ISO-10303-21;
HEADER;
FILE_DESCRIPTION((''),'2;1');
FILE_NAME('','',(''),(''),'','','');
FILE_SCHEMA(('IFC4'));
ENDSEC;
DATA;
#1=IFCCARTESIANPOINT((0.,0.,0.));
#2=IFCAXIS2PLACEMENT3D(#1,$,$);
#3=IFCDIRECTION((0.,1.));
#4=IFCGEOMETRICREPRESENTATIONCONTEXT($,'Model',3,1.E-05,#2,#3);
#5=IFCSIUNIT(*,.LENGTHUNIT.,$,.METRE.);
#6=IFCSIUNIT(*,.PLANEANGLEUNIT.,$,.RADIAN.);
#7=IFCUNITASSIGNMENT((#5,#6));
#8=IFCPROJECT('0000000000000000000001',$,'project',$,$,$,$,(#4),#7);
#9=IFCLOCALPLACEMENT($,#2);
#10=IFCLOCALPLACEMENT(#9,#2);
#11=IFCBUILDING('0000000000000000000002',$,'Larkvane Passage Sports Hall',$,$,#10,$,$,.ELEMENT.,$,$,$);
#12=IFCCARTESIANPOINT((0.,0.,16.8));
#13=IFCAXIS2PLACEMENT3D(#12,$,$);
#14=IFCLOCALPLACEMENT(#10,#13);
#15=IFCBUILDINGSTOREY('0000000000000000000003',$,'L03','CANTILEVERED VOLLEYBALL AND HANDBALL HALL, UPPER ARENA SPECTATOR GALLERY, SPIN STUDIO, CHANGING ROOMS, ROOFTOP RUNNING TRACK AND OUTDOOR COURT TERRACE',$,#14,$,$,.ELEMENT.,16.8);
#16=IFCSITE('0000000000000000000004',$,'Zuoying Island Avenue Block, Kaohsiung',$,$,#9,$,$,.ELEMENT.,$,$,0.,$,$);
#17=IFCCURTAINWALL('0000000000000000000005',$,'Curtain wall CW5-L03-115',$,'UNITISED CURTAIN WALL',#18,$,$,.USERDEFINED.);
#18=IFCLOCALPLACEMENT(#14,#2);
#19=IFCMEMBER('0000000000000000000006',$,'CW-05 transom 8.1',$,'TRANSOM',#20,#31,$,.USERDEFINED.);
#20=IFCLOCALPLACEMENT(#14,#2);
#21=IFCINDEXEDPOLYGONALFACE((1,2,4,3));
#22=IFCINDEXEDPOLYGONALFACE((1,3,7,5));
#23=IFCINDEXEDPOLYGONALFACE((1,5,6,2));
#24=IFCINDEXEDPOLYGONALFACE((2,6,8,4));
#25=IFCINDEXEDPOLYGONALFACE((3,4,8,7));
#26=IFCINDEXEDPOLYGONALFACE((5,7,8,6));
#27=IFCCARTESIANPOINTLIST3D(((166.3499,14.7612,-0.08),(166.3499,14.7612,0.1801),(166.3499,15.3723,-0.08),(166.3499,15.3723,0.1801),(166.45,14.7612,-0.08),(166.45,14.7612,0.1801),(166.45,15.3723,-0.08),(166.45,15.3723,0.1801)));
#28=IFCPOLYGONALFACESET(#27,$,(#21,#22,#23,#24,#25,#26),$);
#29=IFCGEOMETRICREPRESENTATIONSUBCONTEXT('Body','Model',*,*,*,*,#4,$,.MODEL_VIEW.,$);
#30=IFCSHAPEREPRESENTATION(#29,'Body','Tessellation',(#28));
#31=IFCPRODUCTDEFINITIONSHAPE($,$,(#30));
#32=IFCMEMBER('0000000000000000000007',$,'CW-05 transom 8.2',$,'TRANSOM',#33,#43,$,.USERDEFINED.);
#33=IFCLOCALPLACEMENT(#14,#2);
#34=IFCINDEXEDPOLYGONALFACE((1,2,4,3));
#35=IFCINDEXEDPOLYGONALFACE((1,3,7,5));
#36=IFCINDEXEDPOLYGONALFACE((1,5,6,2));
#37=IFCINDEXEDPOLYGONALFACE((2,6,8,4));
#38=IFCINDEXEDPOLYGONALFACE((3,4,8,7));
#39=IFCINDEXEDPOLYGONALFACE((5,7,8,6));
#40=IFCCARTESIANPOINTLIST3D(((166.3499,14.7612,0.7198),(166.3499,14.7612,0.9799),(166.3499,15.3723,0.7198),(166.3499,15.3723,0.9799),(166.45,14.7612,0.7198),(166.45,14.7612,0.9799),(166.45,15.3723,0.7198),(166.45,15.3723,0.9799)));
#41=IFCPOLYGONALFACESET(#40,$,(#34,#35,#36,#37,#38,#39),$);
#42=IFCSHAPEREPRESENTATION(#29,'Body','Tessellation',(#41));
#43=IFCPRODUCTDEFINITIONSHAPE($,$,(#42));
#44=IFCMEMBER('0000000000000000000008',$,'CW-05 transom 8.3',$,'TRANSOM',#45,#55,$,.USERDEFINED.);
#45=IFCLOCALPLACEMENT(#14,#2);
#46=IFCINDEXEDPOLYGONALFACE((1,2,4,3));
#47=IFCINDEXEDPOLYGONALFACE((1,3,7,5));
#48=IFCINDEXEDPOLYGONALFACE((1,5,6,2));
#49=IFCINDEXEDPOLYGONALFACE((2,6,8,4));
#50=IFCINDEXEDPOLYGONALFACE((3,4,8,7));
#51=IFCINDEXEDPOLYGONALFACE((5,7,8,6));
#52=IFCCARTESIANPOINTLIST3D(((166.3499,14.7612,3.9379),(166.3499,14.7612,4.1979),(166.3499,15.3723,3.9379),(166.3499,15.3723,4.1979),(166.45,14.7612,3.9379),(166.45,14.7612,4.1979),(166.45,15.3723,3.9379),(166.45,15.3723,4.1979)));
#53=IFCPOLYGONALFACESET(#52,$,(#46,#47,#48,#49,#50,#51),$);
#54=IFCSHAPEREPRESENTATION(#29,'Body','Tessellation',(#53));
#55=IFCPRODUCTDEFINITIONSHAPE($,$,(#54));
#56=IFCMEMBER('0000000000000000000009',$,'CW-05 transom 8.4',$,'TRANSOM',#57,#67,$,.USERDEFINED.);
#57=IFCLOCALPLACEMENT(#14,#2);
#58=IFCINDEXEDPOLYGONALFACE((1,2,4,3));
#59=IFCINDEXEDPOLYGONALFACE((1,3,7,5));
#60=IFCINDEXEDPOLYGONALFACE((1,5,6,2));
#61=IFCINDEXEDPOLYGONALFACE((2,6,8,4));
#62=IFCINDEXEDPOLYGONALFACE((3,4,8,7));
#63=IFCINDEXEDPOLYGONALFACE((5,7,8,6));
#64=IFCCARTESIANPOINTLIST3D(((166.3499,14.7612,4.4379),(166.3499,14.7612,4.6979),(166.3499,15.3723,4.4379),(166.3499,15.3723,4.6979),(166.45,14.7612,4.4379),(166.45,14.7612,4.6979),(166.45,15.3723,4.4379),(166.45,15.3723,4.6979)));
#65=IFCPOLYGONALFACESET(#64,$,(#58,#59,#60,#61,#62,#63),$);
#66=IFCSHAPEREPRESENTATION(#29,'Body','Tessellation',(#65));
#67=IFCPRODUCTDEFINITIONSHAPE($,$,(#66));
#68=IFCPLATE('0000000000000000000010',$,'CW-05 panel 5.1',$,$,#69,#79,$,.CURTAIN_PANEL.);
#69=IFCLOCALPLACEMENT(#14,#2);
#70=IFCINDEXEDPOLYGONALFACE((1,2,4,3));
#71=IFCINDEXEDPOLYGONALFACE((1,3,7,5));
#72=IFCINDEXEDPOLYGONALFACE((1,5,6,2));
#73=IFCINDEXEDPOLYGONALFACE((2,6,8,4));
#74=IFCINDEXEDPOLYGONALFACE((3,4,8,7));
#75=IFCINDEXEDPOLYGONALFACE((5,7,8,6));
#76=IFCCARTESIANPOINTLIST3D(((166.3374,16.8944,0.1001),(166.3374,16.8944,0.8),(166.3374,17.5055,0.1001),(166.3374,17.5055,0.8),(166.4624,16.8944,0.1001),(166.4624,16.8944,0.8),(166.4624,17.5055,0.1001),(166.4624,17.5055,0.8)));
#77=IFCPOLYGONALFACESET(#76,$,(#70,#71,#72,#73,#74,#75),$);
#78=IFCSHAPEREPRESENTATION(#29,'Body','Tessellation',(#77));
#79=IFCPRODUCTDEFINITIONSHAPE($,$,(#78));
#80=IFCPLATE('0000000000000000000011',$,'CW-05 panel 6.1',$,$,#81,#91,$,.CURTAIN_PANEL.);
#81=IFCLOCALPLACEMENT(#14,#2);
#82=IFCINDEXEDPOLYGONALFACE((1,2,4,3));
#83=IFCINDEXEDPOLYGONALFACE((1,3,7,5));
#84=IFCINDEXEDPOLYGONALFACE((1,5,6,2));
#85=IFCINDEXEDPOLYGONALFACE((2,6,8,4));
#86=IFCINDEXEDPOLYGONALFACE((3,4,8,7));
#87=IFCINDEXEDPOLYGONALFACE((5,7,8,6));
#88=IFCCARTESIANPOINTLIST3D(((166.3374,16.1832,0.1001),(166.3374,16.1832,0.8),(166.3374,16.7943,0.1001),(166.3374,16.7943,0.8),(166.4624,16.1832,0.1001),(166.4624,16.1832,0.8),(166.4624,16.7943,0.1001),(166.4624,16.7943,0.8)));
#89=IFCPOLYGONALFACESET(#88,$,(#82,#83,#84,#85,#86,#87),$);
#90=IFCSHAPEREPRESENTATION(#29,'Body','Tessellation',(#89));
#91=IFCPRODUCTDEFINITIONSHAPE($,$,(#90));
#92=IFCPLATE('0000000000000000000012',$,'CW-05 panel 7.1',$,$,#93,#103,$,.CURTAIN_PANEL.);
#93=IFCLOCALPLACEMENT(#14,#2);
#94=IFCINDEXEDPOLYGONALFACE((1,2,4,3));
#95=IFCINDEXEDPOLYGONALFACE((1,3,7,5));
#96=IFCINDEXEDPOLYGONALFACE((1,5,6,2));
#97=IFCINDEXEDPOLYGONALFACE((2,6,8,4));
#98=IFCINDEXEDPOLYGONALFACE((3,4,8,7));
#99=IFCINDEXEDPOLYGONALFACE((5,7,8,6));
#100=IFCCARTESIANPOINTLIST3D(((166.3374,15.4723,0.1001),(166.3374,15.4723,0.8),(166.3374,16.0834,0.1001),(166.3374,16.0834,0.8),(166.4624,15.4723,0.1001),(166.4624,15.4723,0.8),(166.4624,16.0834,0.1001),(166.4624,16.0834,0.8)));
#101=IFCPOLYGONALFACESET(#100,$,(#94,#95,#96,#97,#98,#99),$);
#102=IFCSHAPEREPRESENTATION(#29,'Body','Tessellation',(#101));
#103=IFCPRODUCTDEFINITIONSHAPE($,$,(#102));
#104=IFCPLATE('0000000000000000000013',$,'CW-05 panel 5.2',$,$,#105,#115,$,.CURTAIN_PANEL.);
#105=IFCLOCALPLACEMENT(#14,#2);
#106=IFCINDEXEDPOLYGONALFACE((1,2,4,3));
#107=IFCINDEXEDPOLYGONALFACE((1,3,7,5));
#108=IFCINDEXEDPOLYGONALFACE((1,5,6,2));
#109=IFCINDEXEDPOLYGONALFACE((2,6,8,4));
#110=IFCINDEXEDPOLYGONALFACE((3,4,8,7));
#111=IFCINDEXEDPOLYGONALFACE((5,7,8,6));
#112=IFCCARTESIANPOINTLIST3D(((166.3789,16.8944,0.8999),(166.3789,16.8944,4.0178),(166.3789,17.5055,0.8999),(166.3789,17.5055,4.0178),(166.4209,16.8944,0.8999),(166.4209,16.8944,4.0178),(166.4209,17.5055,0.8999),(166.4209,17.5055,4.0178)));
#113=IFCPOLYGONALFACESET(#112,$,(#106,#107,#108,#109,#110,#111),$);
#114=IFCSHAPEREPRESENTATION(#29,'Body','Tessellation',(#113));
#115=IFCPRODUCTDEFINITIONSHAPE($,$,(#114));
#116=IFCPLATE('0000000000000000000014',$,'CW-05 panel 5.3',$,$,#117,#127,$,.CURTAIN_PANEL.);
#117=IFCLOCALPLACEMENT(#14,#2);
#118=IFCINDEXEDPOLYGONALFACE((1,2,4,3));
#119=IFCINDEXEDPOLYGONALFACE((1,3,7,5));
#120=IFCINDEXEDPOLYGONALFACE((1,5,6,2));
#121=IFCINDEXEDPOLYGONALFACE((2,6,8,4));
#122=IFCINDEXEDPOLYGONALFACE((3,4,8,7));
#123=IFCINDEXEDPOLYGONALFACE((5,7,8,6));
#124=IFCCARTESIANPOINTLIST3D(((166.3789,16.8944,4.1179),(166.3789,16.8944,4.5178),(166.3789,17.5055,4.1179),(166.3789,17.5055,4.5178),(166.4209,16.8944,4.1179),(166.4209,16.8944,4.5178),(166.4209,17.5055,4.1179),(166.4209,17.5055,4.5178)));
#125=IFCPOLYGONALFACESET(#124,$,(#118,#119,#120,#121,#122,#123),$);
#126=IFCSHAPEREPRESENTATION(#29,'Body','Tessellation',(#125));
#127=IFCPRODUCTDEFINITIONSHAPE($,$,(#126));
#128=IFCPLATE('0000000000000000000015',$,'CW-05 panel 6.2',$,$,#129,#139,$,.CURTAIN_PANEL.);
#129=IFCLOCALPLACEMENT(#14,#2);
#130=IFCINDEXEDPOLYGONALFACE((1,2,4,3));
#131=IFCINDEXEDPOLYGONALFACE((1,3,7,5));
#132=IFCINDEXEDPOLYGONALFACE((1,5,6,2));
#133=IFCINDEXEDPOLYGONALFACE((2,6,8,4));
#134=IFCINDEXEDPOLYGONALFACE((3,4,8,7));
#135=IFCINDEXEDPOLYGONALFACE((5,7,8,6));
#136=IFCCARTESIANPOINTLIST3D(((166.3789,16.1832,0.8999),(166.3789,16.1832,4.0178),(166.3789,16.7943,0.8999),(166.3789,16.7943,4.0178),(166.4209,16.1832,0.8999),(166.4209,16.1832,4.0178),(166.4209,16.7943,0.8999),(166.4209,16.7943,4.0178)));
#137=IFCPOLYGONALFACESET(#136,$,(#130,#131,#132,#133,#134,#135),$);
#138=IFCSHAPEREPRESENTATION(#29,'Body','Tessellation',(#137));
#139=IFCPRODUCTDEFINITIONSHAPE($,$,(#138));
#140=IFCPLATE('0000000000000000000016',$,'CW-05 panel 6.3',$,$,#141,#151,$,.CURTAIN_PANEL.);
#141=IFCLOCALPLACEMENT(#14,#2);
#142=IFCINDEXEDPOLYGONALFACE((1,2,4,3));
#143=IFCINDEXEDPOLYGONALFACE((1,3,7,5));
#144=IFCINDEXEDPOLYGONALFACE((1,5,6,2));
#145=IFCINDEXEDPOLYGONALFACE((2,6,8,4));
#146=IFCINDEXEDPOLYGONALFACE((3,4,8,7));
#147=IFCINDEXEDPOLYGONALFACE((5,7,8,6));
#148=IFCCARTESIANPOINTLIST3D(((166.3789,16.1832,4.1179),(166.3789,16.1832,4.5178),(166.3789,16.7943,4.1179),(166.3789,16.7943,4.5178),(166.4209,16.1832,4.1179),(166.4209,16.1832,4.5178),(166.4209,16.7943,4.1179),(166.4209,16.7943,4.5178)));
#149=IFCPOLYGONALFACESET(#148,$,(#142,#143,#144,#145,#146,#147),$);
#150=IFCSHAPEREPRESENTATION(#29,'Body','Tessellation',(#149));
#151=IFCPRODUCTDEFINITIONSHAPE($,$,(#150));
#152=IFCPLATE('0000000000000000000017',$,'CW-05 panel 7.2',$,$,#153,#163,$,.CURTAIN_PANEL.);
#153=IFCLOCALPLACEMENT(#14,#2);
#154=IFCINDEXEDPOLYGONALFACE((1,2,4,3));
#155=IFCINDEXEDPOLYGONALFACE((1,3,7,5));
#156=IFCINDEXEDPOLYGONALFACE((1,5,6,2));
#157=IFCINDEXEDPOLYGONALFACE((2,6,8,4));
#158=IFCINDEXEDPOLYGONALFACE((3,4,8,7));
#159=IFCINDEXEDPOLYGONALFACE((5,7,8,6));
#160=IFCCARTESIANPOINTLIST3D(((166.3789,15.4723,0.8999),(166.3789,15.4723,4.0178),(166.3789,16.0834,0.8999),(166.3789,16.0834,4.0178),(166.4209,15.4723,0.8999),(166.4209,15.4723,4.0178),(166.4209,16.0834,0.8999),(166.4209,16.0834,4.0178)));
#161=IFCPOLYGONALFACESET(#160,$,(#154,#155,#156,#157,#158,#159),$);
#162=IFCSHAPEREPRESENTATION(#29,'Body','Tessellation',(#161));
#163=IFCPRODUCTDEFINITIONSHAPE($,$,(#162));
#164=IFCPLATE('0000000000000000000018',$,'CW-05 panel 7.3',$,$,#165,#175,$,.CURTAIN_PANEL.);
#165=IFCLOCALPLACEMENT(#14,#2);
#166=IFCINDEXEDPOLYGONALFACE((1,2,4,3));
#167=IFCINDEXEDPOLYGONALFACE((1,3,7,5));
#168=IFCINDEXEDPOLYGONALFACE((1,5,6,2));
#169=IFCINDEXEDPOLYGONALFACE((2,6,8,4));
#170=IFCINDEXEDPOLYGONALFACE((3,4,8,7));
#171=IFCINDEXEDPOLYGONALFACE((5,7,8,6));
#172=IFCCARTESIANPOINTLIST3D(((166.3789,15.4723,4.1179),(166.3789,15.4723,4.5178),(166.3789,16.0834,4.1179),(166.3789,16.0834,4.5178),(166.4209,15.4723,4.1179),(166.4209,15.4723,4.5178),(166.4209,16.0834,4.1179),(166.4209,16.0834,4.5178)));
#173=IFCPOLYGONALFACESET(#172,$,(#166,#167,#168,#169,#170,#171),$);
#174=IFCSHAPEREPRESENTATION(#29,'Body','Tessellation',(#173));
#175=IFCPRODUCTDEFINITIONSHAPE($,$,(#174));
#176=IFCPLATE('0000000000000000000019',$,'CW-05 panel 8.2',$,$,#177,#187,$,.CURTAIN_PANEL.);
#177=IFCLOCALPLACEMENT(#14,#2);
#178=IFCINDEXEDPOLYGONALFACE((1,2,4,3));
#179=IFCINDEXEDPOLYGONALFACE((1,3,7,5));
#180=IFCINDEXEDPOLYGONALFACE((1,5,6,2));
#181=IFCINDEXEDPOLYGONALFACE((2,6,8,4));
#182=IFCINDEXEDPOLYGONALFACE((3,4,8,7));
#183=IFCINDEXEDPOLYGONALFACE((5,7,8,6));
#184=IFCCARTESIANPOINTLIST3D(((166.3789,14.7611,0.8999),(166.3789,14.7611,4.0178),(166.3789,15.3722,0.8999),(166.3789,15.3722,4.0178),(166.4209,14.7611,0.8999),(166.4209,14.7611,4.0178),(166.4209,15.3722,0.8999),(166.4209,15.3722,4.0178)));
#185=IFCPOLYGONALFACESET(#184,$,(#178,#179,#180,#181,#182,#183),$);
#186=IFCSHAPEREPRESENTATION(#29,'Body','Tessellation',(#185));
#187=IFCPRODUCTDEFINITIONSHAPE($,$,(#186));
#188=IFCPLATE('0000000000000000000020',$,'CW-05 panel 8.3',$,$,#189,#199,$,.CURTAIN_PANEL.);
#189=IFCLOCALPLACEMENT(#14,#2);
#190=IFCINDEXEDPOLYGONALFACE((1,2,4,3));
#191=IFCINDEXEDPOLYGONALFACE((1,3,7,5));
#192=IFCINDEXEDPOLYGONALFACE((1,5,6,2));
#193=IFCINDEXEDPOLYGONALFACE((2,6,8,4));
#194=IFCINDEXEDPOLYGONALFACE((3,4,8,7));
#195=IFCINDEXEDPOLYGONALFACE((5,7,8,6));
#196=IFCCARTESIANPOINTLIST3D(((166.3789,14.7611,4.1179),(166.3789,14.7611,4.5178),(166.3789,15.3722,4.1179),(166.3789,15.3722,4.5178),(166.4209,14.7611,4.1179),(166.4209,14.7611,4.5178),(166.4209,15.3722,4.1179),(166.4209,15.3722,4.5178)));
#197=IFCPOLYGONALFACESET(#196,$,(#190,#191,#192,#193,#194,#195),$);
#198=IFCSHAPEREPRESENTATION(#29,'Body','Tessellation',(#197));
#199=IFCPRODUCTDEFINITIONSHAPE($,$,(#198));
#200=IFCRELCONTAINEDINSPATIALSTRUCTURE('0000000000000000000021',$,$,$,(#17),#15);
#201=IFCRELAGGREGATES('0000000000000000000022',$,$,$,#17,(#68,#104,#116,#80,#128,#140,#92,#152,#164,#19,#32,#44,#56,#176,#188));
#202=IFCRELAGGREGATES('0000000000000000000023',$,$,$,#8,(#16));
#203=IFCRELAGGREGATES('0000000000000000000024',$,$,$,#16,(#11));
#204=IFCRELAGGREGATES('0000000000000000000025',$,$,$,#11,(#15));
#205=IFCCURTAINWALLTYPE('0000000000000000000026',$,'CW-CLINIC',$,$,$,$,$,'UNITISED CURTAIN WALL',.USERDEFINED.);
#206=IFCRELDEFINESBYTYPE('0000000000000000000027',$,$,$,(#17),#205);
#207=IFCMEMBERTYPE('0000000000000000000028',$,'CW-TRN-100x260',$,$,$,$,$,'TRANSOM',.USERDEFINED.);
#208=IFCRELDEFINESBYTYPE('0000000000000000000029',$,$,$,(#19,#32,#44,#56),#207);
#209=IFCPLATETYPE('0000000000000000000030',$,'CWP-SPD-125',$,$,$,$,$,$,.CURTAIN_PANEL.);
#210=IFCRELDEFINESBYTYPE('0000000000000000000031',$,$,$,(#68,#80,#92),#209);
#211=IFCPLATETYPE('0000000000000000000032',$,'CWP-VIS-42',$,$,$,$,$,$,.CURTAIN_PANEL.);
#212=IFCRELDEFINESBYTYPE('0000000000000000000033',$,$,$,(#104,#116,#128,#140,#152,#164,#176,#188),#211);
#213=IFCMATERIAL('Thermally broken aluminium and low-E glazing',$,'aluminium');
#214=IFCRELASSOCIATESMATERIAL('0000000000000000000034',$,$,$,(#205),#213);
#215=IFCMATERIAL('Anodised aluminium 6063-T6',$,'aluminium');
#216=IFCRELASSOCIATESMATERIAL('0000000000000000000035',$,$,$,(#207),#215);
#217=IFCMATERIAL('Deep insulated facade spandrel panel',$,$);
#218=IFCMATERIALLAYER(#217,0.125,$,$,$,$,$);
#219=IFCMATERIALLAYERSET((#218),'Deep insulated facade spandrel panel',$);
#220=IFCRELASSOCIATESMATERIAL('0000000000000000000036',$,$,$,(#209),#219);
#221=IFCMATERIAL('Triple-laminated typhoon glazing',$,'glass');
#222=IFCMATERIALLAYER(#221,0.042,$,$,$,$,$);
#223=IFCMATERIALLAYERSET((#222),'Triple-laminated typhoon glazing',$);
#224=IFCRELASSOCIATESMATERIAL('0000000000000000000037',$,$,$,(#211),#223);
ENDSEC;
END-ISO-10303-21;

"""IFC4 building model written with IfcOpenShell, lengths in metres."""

from ifc_helpers import new_model, si_unit, direction, frame, origin, origin_2d, place, context, subcontext, project, spatial, rectangle, extrude, material, layer, layer_set, material_profile, profile_set, type_object, element, aggregate, save


model = new_model("IFC4")

# Units and contexts
model_context = context("Model", 3, precision=1e-05, world=origin(), true_north=direction((0.0, 1.0)))
body_context = subcontext(model_context, "Body", "Model", "MODEL_VIEW")
ifc_project = project(units=[si_unit("LENGTHUNIT", "METRE"), si_unit("PLANEANGLEUNIT", "RADIAN")], contexts=[model_context])

# Site, building, storey
site_placement = place(None, origin())
site = spatial("IfcSite", under=ifc_project, at=site_placement, Name="Zuoying Island Avenue Block, Kaohsiung", CompositionType="ELEMENT", RefElevation=0.0)
building_placement = place(site_placement, origin())
building = spatial("IfcBuilding", under=site, at=building_placement, Name="Larkvane Passage Sports Hall", CompositionType="ELEMENT")
storey_placement = place(building_placement, frame((0.0, 0.0, 16.8)))
storey = spatial("IfcBuildingStorey", under=building, at=storey_placement, Name="L03", Description="CANTILEVERED VOLLEYBALL AND HANDBALL HALL, UPPER ARENA SPECTATOR GALLERY, SPIN STUDIO, CHANGING ROOMS, ROOFTOP RUNNING TRACK AND OUTDOOR COURT TERRACE", CompositionType="ELEMENT", Elevation=16.8)

# Curtain wall, members, plates
ifc_material_1 = material(Name="Thermally broken aluminium and low-E glazing", Category="aluminium")
curtain_wall_type = type_object("IfcCurtainWallType", Name="CW-CLINIC", ElementType="UNITISED CURTAIN WALL", PredefinedType="USERDEFINED", material=ifc_material_1)
curtain_wall_placement = place(storey_placement, origin())
curtain_wall = element("IfcCurtainWall", 1, at=curtain_wall_placement, inside=storey, type_object=curtain_wall_type, Name="Curtain wall CW5-L03-115", ObjectType="UNITISED CURTAIN WALL", PredefinedType="USERDEFINED")
ifc_material_2 = material(Name="Anodised aluminium 6063-T6", Category="aluminium")
ifc_material_profile_1 = material_profile(ifc_material_2, rectangle(XDim=0.1001, YDim=0.26, at=origin_2d()), Name="ALU-TRN-100x260")
ifc_profile_set_1 = profile_set([ifc_material_profile_1], Name="Anodised aluminium 6063-T6")
member_type_1 = type_object("IfcMemberType", Name="CW-TRN-100x260", ElementType="TRANSOM", PredefinedType="USERDEFINED", material=ifc_profile_set_1)
member_1_placement = place(storey_placement, frame((166.3999, 15.3723, 0.05), z_axis=(0.0, -1.0, 0.0), x_axis=(1.0, 0.0, 0.0)))
member_1 = element("IfcMember", 2, at=member_1_placement, type_object=member_type_1, Name="CW-05 transom 8.1", ObjectType="TRANSOM", PredefinedType="USERDEFINED", context=body_context, shape_type="SweptSolid", body=[
    extrude(rectangle(XDim=0.1001, YDim=0.26, at=origin_2d()), origin(), (0.0, 0.0, 1.0), 0.6111),
])
member_2_placement = place(storey_placement, frame((166.3999, 15.3723, 0.8499), z_axis=(0.0, -1.0, 0.0), x_axis=(1.0, 0.0, 0.0)))
member_2 = element("IfcMember", 3, at=member_2_placement, type_object=member_type_1, Name="CW-05 transom 8.2", ObjectType="TRANSOM", PredefinedType="USERDEFINED", context=body_context, shape_type="SweptSolid", body=[
    extrude(rectangle(XDim=0.1001, YDim=0.26, at=origin_2d()), origin(), (0.0, 0.0, 1.0), 0.6111),
])
member_3_placement = place(storey_placement, frame((166.3999, 15.3723, 4.0679), z_axis=(0.0, -1.0, 0.0), x_axis=(1.0, 0.0, 0.0)))
member_3 = element("IfcMember", 4, at=member_3_placement, type_object=member_type_1, Name="CW-05 transom 8.3", ObjectType="TRANSOM", PredefinedType="USERDEFINED", context=body_context, shape_type="SweptSolid", body=[
    extrude(rectangle(XDim=0.1001, YDim=0.26, at=origin_2d()), origin(), (0.0, 0.0, 1.0), 0.6111),
])
member_4_placement = place(storey_placement, frame((166.3999, 15.3723, 4.5679), z_axis=(0.0, -1.0, 0.0), x_axis=(1.0, 0.0, 0.0)))
member_4 = element("IfcMember", 5, at=member_4_placement, type_object=member_type_1, Name="CW-05 transom 8.4", ObjectType="TRANSOM", PredefinedType="USERDEFINED", context=body_context, shape_type="SweptSolid", body=[
    extrude(rectangle(XDim=0.1001, YDim=0.26, at=origin_2d()), origin(), (0.0, 0.0, 1.0), 0.6111),
])
ifc_material_3 = material(Name="Deep insulated facade spandrel panel")
ifc_layer_1 = layer(ifc_material_3, 0.125)
ifc_layer_set_1 = layer_set([ifc_layer_1], Name="Deep insulated facade spandrel panel")
plate_type_1 = type_object("IfcPlateType", Name="CWP-SPD-125", PredefinedType="CURTAIN_PANEL", material=ifc_layer_set_1)
plate_1_placement = place(storey_placement, frame((166.3999, 17.2, 0.1001), z_axis=(0.0, 0.0, 1.0), x_axis=(0.0, -1.0, 0.0)))
plate_1 = element("IfcPlate", 6, at=plate_1_placement, type_object=plate_type_1, Name="CW-05 panel 5.1", PredefinedType="CURTAIN_PANEL", context=body_context, shape_type="SweptSolid", body=[
    extrude(rectangle(XDim=0.6111, YDim=0.125, at=origin_2d()), origin(), (0.0, 0.0, 1.0), 0.7),
])
plate_2_placement = place(storey_placement, frame((166.3999, 16.4888, 0.1001), z_axis=(0.0, 0.0, 1.0), x_axis=(0.0, -1.0, 0.0)))
plate_2 = element("IfcPlate", 7, at=plate_2_placement, type_object=plate_type_1, Name="CW-05 panel 6.1", PredefinedType="CURTAIN_PANEL", context=body_context, shape_type="SweptSolid", body=[
    extrude(rectangle(XDim=0.6111, YDim=0.125, at=origin_2d()), origin(), (0.0, 0.0, 1.0), 0.7),
])
plate_3_placement = place(storey_placement, frame((166.3999, 15.7778, 0.1001), z_axis=(0.0, 0.0, 1.0), x_axis=(0.0, -1.0, 0.0)))
plate_3 = element("IfcPlate", 8, at=plate_3_placement, type_object=plate_type_1, Name="CW-05 panel 7.1", PredefinedType="CURTAIN_PANEL", context=body_context, shape_type="SweptSolid", body=[
    extrude(rectangle(XDim=0.6111, YDim=0.125, at=origin_2d()), origin(), (0.0, 0.0, 1.0), 0.7),
])
ifc_material_4 = material(Name="Triple-laminated typhoon glazing", Category="glass")
ifc_layer_2 = layer(ifc_material_4, 0.042)
ifc_layer_set_2 = layer_set([ifc_layer_2], Name="Triple-laminated typhoon glazing")
plate_type_2 = type_object("IfcPlateType", Name="CWP-VIS-42", PredefinedType="CURTAIN_PANEL", material=ifc_layer_set_2)
plate_4_placement = place(storey_placement, frame((166.3999, 17.2, 0.8999), z_axis=(0.0, 0.0, 1.0), x_axis=(0.0, -1.0, 0.0)))
plate_4 = element("IfcPlate", 9, at=plate_4_placement, type_object=plate_type_2, Name="CW-05 panel 5.2", PredefinedType="CURTAIN_PANEL", context=body_context, shape_type="SweptSolid", body=[
    extrude(rectangle(XDim=0.6111, YDim=0.042, at=origin_2d()), origin(), (0.0, 0.0, 1.0), 3.1179),
])
plate_5_placement = place(storey_placement, frame((166.3999, 17.2, 4.1179), z_axis=(0.0, 0.0, 1.0), x_axis=(0.0, -1.0, 0.0)))
plate_5 = element("IfcPlate", 10, at=plate_5_placement, type_object=plate_type_2, Name="CW-05 panel 5.3", PredefinedType="CURTAIN_PANEL", context=body_context, shape_type="SweptSolid", body=[
    extrude(rectangle(XDim=0.6111, YDim=0.042, at=origin_2d()), origin(), (0.0, 0.0, 1.0), 0.3999),
])
plate_6_placement = place(storey_placement, frame((166.3999, 16.4888, 0.8999), z_axis=(0.0, 0.0, 1.0), x_axis=(0.0, -1.0, 0.0)))
plate_6 = element("IfcPlate", 11, at=plate_6_placement, type_object=plate_type_2, Name="CW-05 panel 6.2", PredefinedType="CURTAIN_PANEL", context=body_context, shape_type="SweptSolid", body=[
    extrude(rectangle(XDim=0.6111, YDim=0.042, at=origin_2d()), origin(), (0.0, 0.0, 1.0), 3.1179),
])
plate_7_placement = place(storey_placement, frame((166.3999, 16.4888, 4.1179), z_axis=(0.0, 0.0, 1.0), x_axis=(0.0, -1.0, 0.0)))
plate_7 = element("IfcPlate", 12, at=plate_7_placement, type_object=plate_type_2, Name="CW-05 panel 6.3", PredefinedType="CURTAIN_PANEL", context=body_context, shape_type="SweptSolid", body=[
    extrude(rectangle(XDim=0.6111, YDim=0.042, at=origin_2d()), origin(), (0.0, 0.0, 1.0), 0.3999),
])
plate_8_placement = place(storey_placement, frame((166.3999, 15.7778, 0.8999), z_axis=(0.0, 0.0, 1.0), x_axis=(0.0, -1.0, 0.0)))
plate_8 = element("IfcPlate", 13, at=plate_8_placement, type_object=plate_type_2, Name="CW-05 panel 7.2", PredefinedType="CURTAIN_PANEL", context=body_context, shape_type="SweptSolid", body=[
    extrude(rectangle(XDim=0.6111, YDim=0.042, at=origin_2d()), origin(), (0.0, 0.0, 1.0), 3.1179),
])
plate_9_placement = place(storey_placement, frame((166.3999, 15.7778, 4.1179), z_axis=(0.0, 0.0, 1.0), x_axis=(0.0, -1.0, 0.0)))
plate_9 = element("IfcPlate", 14, at=plate_9_placement, type_object=plate_type_2, Name="CW-05 panel 7.3", PredefinedType="CURTAIN_PANEL", context=body_context, shape_type="SweptSolid", body=[
    extrude(rectangle(XDim=0.6111, YDim=0.042, at=origin_2d()), origin(), (0.0, 0.0, 1.0), 0.3999),
])
plate_10_placement = place(storey_placement, frame((166.3999, 15.0667, 0.8999), z_axis=(0.0, 0.0, 1.0), x_axis=(0.0, -1.0, 0.0)))
plate_10 = element("IfcPlate", 15, at=plate_10_placement, type_object=plate_type_2, Name="CW-05 panel 8.2", PredefinedType="CURTAIN_PANEL", context=body_context, shape_type="SweptSolid", body=[
    extrude(rectangle(XDim=0.6111, YDim=0.042, at=origin_2d()), origin(), (0.0, 0.0, 1.0), 3.1179),
])
plate_11_placement = place(storey_placement, frame((166.3999, 15.0667, 4.1179), z_axis=(0.0, 0.0, 1.0), x_axis=(0.0, -1.0, 0.0)))
plate_11 = element("IfcPlate", 16, at=plate_11_placement, type_object=plate_type_2, Name="CW-05 panel 8.3", PredefinedType="CURTAIN_PANEL", context=body_context, shape_type="SweptSolid", body=[
    extrude(rectangle(XDim=0.6111, YDim=0.042, at=origin_2d()), origin(), (0.0, 0.0, 1.0), 0.3999),
])
aggregate(curtain_wall, [plate_1, plate_4, plate_5, plate_2, plate_6, plate_7, plate_3, plate_8, plate_9, member_1, member_2, member_3, member_4, plate_10, plate_11])

save(model, "model.ifc")
